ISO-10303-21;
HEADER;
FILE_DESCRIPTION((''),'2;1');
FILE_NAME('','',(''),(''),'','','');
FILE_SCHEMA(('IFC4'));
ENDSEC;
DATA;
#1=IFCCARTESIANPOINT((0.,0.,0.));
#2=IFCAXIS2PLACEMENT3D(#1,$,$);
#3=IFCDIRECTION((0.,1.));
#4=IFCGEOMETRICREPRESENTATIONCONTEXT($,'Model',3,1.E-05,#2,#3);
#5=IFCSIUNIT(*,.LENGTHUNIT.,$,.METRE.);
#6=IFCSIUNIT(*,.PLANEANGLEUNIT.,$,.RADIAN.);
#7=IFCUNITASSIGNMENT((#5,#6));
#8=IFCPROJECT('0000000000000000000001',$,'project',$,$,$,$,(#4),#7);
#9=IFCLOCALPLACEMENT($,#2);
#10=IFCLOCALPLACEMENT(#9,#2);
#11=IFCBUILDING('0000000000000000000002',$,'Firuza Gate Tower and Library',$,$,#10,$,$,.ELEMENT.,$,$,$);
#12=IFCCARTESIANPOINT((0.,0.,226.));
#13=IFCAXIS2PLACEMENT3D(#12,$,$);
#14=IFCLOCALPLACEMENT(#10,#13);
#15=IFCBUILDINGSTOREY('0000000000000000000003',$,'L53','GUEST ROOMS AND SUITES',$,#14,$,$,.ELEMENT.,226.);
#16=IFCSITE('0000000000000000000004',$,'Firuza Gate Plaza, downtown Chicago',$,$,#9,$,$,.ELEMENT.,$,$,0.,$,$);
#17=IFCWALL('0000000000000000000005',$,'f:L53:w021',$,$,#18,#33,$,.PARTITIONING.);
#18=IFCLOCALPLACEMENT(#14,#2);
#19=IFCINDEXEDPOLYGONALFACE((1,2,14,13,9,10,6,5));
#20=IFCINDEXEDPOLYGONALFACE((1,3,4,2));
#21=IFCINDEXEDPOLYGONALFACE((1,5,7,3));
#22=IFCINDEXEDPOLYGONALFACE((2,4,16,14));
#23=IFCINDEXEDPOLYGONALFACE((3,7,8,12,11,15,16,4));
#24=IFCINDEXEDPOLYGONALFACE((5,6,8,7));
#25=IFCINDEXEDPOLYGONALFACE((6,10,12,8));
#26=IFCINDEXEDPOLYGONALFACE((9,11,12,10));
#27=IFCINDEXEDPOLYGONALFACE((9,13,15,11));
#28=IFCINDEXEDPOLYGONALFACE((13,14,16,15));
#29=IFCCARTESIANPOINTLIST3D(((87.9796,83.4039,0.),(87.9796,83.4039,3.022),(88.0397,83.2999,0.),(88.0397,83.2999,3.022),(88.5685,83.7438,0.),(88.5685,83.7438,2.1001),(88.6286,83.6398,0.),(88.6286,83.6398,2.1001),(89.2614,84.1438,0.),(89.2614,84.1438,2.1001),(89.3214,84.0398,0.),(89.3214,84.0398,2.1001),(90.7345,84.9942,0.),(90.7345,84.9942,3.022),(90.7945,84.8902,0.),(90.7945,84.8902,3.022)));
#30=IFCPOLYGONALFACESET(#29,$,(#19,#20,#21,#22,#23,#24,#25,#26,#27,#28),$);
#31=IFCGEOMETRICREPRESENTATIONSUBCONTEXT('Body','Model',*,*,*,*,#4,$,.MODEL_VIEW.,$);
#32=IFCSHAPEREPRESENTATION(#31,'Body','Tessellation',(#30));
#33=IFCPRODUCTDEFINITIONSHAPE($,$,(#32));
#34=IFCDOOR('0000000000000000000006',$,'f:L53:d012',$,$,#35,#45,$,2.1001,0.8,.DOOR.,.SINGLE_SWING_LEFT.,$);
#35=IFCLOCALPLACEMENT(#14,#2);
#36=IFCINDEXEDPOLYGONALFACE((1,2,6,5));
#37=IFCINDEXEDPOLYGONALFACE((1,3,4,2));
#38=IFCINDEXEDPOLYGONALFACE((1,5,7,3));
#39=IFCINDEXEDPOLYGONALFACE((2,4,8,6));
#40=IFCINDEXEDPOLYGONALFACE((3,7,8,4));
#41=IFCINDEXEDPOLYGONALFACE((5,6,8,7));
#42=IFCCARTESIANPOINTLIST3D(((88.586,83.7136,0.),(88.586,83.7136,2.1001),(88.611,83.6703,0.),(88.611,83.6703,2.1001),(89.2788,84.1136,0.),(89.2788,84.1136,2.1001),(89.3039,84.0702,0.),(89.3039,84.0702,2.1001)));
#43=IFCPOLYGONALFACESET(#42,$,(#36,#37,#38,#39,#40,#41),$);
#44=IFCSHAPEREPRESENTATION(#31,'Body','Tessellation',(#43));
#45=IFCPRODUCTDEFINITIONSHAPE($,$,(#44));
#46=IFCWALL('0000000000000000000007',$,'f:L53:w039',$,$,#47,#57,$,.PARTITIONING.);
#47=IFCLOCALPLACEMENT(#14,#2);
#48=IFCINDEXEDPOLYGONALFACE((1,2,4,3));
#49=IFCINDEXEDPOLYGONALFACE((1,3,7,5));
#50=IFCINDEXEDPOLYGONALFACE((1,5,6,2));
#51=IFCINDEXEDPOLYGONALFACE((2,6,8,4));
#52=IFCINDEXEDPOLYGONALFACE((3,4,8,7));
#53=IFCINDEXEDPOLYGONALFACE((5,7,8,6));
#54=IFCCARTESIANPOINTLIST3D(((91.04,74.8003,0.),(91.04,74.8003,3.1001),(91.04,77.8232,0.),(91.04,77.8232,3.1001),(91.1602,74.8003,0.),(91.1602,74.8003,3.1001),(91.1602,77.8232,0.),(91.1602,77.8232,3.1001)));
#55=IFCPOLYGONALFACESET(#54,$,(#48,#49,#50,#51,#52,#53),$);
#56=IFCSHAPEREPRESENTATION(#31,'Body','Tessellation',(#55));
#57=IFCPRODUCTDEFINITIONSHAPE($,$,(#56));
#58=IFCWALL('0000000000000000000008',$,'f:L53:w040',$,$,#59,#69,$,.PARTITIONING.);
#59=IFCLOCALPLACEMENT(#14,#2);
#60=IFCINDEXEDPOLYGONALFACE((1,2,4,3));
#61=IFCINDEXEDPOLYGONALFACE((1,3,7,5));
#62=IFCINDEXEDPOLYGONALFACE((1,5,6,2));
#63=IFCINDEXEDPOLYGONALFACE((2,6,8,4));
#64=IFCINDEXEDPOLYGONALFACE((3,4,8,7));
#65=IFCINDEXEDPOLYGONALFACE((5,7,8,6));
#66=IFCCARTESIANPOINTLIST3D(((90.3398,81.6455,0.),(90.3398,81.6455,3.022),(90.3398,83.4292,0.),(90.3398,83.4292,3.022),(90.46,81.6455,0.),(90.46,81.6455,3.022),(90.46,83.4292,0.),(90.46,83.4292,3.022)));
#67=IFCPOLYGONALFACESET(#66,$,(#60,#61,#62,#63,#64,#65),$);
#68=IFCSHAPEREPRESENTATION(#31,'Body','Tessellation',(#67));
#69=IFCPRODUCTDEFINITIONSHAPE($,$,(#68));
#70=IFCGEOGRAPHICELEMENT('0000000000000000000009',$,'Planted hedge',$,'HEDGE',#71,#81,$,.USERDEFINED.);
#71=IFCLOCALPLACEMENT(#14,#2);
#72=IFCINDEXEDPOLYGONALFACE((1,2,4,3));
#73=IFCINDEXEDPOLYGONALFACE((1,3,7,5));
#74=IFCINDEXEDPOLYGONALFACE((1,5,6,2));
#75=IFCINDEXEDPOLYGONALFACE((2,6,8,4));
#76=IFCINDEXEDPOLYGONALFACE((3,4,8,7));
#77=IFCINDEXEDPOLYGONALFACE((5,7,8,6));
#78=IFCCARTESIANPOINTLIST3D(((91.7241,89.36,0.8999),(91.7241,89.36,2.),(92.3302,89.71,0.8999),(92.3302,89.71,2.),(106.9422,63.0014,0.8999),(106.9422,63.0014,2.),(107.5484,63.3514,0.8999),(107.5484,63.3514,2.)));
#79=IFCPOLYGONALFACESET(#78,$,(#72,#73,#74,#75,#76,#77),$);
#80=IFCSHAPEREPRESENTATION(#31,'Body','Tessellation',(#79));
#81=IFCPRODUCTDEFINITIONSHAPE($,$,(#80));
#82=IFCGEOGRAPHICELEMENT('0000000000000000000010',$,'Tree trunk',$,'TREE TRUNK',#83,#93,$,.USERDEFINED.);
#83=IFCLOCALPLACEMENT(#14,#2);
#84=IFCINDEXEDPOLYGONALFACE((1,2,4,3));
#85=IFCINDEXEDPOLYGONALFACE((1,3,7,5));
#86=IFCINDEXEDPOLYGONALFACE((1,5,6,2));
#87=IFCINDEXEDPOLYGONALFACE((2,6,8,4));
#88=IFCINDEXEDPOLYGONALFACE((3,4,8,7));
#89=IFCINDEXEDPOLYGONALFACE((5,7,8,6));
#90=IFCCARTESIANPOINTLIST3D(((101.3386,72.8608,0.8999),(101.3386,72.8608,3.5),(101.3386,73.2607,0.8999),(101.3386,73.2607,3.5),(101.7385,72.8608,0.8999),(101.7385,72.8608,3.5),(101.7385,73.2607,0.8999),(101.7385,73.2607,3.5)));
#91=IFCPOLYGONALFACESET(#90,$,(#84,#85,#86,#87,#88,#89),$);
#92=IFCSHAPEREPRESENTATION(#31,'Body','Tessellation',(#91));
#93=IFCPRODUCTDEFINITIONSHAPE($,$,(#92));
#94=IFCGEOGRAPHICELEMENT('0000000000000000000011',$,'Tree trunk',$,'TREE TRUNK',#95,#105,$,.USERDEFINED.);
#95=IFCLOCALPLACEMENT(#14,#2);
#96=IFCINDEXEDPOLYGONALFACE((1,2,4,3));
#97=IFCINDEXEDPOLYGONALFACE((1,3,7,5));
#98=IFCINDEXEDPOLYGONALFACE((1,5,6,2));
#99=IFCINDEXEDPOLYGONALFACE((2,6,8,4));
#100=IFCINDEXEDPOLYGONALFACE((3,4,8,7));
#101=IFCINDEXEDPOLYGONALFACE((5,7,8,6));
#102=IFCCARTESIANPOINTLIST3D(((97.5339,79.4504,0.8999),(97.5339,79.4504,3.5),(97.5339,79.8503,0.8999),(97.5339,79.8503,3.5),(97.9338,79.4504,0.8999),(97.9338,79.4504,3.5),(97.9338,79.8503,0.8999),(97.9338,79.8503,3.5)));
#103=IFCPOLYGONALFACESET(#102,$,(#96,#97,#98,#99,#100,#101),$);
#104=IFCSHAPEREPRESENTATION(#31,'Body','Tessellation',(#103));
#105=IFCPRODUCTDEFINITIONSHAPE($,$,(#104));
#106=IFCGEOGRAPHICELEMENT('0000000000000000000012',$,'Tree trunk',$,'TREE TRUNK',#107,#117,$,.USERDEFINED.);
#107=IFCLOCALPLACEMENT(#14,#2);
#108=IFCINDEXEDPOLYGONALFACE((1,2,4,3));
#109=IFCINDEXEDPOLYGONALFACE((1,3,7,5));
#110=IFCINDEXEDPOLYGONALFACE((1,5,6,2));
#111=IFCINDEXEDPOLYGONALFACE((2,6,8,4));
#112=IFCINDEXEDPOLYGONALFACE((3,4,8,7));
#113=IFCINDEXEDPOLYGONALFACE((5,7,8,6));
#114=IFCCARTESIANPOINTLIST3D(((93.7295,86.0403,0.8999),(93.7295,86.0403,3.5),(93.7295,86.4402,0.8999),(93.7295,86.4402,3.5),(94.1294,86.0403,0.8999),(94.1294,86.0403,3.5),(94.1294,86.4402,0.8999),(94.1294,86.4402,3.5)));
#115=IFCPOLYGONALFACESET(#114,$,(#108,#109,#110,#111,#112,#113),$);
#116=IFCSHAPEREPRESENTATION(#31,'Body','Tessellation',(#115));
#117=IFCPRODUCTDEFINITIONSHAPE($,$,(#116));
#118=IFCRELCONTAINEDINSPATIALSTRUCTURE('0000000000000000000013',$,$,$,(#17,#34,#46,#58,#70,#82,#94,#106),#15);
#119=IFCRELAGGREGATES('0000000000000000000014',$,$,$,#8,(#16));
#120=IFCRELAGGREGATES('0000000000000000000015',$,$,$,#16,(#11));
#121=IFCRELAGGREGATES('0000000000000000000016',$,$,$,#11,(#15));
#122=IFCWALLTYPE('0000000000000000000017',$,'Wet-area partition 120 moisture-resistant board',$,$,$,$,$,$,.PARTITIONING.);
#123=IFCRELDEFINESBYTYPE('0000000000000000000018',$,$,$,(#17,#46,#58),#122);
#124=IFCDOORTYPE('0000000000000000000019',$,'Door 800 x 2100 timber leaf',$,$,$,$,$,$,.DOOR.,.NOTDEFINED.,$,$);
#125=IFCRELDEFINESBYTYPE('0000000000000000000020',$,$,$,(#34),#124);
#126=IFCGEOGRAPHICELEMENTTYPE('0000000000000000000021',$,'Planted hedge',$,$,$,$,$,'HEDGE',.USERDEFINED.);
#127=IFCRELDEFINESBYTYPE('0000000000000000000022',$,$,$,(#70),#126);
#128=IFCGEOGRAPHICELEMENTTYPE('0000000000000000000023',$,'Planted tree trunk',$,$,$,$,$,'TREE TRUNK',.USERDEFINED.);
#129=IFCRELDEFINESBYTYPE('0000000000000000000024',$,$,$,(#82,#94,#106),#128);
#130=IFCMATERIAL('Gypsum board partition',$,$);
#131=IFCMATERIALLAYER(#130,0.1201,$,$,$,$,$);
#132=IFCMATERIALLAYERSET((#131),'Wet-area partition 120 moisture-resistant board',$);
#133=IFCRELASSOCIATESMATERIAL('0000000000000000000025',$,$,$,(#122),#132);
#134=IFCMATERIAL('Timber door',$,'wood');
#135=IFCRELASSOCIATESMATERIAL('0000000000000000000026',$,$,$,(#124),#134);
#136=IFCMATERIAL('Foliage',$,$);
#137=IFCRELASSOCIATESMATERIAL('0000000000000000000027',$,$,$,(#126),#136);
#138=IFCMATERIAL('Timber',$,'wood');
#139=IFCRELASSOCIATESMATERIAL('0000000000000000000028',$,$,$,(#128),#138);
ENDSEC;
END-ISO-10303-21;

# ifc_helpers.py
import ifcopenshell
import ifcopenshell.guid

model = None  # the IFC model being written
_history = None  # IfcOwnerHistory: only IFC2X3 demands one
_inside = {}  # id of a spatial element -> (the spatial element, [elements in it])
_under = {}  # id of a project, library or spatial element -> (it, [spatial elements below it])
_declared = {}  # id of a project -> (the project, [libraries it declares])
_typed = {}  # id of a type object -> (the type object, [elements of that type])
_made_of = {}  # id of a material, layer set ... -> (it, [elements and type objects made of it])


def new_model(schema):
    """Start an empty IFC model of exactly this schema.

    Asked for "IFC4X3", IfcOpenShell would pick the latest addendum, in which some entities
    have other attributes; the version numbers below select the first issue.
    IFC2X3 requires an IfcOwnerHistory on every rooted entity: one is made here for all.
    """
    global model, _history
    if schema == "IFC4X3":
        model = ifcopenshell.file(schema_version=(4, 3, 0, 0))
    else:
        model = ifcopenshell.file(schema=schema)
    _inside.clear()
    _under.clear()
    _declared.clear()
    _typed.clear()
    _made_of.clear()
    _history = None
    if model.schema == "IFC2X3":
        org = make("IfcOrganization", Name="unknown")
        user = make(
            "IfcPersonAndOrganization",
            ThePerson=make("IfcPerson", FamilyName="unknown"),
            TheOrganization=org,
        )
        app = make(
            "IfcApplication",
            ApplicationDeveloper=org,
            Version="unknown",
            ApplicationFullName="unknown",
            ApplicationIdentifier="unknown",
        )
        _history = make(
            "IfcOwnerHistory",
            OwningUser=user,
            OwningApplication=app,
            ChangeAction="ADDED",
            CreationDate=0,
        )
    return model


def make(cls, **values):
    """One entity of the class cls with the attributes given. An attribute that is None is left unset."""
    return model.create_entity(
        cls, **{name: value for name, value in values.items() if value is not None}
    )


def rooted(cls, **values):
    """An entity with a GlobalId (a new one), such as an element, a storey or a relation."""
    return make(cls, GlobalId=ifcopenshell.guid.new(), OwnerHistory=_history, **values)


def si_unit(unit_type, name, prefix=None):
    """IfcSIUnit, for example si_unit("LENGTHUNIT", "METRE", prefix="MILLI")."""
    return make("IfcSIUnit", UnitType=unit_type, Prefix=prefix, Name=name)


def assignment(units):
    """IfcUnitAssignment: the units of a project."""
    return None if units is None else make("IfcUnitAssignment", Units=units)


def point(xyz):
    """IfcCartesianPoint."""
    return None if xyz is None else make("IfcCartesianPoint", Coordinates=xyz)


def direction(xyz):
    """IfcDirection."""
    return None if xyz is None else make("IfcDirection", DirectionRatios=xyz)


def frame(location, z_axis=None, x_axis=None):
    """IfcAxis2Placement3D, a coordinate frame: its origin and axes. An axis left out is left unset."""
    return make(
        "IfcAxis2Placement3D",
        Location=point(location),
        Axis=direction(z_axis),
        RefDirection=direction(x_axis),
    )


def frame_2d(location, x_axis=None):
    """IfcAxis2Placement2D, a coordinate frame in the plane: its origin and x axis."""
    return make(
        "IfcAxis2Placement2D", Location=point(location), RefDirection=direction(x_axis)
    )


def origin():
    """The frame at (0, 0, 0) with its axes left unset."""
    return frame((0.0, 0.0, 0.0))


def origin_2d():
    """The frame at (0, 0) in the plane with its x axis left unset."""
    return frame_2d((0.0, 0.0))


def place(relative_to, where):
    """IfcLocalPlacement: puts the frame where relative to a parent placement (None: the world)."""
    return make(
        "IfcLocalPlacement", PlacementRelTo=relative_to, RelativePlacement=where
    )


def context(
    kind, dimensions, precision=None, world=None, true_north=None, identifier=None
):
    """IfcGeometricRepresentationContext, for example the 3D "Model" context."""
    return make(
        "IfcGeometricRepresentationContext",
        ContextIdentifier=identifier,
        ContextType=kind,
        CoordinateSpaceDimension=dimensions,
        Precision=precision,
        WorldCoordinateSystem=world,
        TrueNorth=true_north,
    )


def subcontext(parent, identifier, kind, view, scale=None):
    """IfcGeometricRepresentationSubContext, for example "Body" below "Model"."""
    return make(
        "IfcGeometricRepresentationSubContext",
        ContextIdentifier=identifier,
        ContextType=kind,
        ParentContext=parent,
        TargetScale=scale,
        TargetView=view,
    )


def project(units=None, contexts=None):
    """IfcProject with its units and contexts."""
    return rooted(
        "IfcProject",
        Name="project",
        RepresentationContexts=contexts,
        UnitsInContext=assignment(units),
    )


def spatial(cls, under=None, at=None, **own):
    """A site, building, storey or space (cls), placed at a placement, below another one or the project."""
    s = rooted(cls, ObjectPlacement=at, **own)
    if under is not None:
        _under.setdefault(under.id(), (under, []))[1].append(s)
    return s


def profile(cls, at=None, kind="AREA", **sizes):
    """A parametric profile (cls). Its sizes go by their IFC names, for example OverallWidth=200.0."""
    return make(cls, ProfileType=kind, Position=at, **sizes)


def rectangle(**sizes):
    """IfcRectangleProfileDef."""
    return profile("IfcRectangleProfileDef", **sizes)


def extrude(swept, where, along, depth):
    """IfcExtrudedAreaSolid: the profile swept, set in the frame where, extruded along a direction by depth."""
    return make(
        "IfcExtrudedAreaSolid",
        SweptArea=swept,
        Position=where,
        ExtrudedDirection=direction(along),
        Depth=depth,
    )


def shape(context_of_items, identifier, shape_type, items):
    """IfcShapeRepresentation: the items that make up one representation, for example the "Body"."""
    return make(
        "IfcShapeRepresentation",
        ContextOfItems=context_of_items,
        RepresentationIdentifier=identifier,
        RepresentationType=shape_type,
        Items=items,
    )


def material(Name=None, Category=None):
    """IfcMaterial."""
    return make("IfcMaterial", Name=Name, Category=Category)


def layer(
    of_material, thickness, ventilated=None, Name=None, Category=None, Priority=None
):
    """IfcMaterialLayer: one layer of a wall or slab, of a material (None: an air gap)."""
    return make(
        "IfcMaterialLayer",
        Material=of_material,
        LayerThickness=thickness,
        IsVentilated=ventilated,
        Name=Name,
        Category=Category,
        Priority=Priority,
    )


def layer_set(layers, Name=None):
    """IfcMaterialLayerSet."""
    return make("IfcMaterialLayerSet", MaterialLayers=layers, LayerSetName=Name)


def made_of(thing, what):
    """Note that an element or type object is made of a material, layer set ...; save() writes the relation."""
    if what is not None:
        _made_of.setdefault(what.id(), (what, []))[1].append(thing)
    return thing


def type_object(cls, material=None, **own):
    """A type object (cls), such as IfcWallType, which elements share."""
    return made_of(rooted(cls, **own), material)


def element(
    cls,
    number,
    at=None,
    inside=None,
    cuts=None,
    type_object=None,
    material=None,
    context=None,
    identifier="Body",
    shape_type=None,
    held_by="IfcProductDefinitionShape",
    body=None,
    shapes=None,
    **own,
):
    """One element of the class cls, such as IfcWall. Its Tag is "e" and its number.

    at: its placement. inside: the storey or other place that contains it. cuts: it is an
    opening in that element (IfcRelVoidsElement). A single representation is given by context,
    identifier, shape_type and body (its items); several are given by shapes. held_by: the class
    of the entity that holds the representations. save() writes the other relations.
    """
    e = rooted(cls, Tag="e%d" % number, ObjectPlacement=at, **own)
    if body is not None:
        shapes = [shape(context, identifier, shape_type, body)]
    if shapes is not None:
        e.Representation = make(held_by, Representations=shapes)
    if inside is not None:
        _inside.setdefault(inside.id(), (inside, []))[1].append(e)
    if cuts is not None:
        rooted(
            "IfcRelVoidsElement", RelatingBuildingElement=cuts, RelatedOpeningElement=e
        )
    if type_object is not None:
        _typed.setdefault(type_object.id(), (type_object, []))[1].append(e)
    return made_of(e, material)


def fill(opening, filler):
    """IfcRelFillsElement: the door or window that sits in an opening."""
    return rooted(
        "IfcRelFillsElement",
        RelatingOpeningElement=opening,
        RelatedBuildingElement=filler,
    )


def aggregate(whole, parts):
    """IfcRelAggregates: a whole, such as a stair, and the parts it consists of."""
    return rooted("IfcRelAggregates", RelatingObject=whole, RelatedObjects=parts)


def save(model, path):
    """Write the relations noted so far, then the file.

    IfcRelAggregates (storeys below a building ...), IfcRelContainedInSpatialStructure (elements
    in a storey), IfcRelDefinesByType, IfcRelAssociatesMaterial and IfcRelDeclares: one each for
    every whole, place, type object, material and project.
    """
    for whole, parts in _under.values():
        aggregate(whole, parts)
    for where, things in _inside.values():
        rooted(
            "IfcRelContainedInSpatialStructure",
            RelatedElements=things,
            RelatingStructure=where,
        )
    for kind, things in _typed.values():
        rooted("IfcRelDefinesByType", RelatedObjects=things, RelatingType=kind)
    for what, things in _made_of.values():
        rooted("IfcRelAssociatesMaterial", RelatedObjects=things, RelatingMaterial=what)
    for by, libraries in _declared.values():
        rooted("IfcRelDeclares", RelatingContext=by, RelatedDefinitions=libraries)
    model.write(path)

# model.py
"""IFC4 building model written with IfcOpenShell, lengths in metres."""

from ifc_helpers import new_model, si_unit, direction, frame, frame_2d, origin, origin_2d, place, context, subcontext, project, spatial, rectangle, extrude, material, layer, layer_set, type_object, element, fill, save


model = new_model("IFC4")

# Units and contexts
model_context = context("Model", 3, precision=1e-05, world=origin(), true_north=direction((0.0, 1.0)))
body_context = subcontext(model_context, "Body", "Model", "MODEL_VIEW")
ifc_project = project(units=[si_unit("LENGTHUNIT", "METRE"), si_unit("PLANEANGLEUNIT", "RADIAN")], contexts=[model_context])

# Site, building, storey
site_placement = place(None, origin())
site = spatial("IfcSite", under=ifc_project, at=site_placement, Name="Firuza Gate Plaza, downtown Chicago", CompositionType="ELEMENT", RefElevation=0.0)
building_placement = place(site_placement, origin())
building = spatial("IfcBuilding", under=site, at=building_placement, Name="Firuza Gate Tower and Library", CompositionType="ELEMENT")
storey_placement = place(building_placement, frame((0.0, 0.0, 226.0)))
storey = spatial("IfcBuildingStorey", under=building, at=storey_placement, Name="L53", Description="GUEST ROOMS AND SUITES", CompositionType="ELEMENT", Elevation=226.0)

# Wall, opening, door
ifc_material_1 = material(Name="Gypsum board partition")
ifc_layer_1 = layer(ifc_material_1, 0.1201)
ifc_layer_set_1 = layer_set([ifc_layer_1], Name="Wet-area partition 120 moisture-resistant board")
wall_type_1 = type_object("IfcWallType", Name="Wet-area partition 120 moisture-resistant board", PredefinedType="PARTITIONING", material=ifc_layer_set_1)
ifc_material_2 = material(Name="Timber door", Category="wood")
door_type = type_object("IfcDoorType", Name="Door 800 x 2100 timber leaf", OperationType="NOTDEFINED", PredefinedType="DOOR", material=ifc_material_2)
wall_1_placement = place(storey_placement, frame((90.7644, 84.9421, 0.0), z_axis=(0.0, 0.0, 1.0), x_axis=(-0.866053, -0.499953, 0.0)))
wall_1 = element("IfcWall", 1, at=wall_1_placement, inside=storey, type_object=wall_type_1, Name="f:L53:w021", PredefinedType="PARTITIONING", context=body_context, shape_type="SweptSolid", body=[
    extrude(rectangle(XDim=3.1809, YDim=0.1201, at=frame_2d((1.5903, 0.0))), origin(), (0.0, 0.0, 1.0), 3.022),
])
opening_1_placement = place(wall_1_placement, frame((1.7009, 0.0, 0.0)))
opening_1 = element("IfcOpeningElement", 2, at=opening_1_placement, cuts=wall_1, PredefinedType="OPENING", context=body_context, shape_type="SweptSolid", body=[
    extrude(rectangle(XDim=0.8, YDim=2.1001, at=frame_2d((0.3999, 1.05))), frame((0.0, 0.0701, 0.0), z_axis=(0.0, -1.0, 0.0), x_axis=(1.0, 0.0, 0.0)), (0.0, 0.0, 1.0), 0.1401),
])
door_1_placement = place(opening_1_placement, origin())
door_1 = element("IfcDoor", 3, at=door_1_placement, inside=storey, type_object=door_type, Name="f:L53:d012", OperationType="SINGLE_SWING_LEFT", OverallHeight=2.1001, OverallWidth=0.8, PredefinedType="DOOR", context=body_context, shape_type="SweptSolid", body=[
    extrude(rectangle(XDim=0.8, YDim=2.1001, at=frame_2d((0.3999, 1.05))), frame((0.0, 0.0249, 0.0), z_axis=(0.0, -1.0, 0.0), x_axis=(1.0, 0.0, 0.0)), (0.0, 0.0, 1.0), 0.05),
])
fill(opening_1, door_1)

# Walls
wall_2_placement = place(storey_placement, frame((91.1001, 74.8003, 0.0), z_axis=(0.0, 0.0, 1.0), x_axis=(0.0, 1.0, 0.0)))
element("IfcWall", 4, at=wall_2_placement, inside=storey, type_object=wall_type_1, Name="f:L53:w039", PredefinedType="PARTITIONING", context=body_context, shape_type="SweptSolid", body=[
    extrude(rectangle(XDim=3.0229, YDim=0.1201, at=frame_2d((1.5115, 0.0))), origin(), (0.0, 0.0, 1.0), 3.1001),
])
wall_3_placement = place(storey_placement, frame((90.3999, 81.6455, 0.0), z_axis=(0.0, 0.0, 1.0), x_axis=(0.0, 1.0, 0.0)))
element("IfcWall", 5, at=wall_3_placement, inside=storey, type_object=wall_type_1, Name="f:L53:w040", PredefinedType="PARTITIONING", context=body_context, shape_type="SweptSolid", body=[
    extrude(rectangle(XDim=1.7837, YDim=0.1201, at=frame_2d((0.8918, 0.0))), origin(), (0.0, 0.0, 1.0), 3.022),
])

# Geographic elements
ifc_material_3 = material(Name="Foliage")
geographic_element_type_1 = type_object("IfcGeographicElementType", Name="Planted hedge", ElementType="HEDGE", PredefinedType="USERDEFINED", material=ifc_material_3)
geographic_element_placement = place(storey_placement, frame((99.6362, 76.3557, 0.8999), z_axis=(0.0, 0.0, 1.0), x_axis=(-0.5, 0.866025, 0.0)))
element("IfcGeographicElement", 6, at=geographic_element_placement, inside=storey, type_object=geographic_element_type_1, Name="Planted hedge", ObjectType="HEDGE", PredefinedType="USERDEFINED", context=body_context, shape_type="SweptSolid", body=[
    extrude(rectangle(XDim=30.4363, YDim=0.7, at=origin_2d()), origin(), (0.0, 0.0, 1.0), 1.1001),
])
ifc_material_4 = material(Name="Timber", Category="wood")
geographic_element_type_2 = type_object("IfcGeographicElementType", Name="Planted tree trunk", ElementType="TREE TRUNK", PredefinedType="USERDEFINED", material=ifc_material_4)
for number, where, z_axis, x_axis, name in (
    (7, (101.5386, 73.0608, 0.8999), (0.0, 0.0, 1.0), (1.0, 0.0, 0.0), "Tree trunk"),
    (8, (97.7339, 79.6504, 0.8999), (0.0, 0.0, 1.0), (1.0, 0.0, 0.0), "Tree trunk"),
    (9, (93.9294, 86.2402, 0.8999), (0.0, 0.0, 1.0), (1.0, 0.0, 0.0), "Tree trunk"),
):
    element("IfcGeographicElement", number, at=place(storey_placement, frame(where, z_axis=z_axis, x_axis=x_axis)), inside=storey, type_object=geographic_element_type_2, Name=name, ObjectType="TREE TRUNK", PredefinedType="USERDEFINED", context=body_context, shape_type="SweptSolid", body=[
        extrude(rectangle(XDim=0.3999, YDim=0.3999, at=origin_2d()), origin(), (0.0, 0.0, 1.0), 2.6001),
    ])

save(model, "model.ifc")
